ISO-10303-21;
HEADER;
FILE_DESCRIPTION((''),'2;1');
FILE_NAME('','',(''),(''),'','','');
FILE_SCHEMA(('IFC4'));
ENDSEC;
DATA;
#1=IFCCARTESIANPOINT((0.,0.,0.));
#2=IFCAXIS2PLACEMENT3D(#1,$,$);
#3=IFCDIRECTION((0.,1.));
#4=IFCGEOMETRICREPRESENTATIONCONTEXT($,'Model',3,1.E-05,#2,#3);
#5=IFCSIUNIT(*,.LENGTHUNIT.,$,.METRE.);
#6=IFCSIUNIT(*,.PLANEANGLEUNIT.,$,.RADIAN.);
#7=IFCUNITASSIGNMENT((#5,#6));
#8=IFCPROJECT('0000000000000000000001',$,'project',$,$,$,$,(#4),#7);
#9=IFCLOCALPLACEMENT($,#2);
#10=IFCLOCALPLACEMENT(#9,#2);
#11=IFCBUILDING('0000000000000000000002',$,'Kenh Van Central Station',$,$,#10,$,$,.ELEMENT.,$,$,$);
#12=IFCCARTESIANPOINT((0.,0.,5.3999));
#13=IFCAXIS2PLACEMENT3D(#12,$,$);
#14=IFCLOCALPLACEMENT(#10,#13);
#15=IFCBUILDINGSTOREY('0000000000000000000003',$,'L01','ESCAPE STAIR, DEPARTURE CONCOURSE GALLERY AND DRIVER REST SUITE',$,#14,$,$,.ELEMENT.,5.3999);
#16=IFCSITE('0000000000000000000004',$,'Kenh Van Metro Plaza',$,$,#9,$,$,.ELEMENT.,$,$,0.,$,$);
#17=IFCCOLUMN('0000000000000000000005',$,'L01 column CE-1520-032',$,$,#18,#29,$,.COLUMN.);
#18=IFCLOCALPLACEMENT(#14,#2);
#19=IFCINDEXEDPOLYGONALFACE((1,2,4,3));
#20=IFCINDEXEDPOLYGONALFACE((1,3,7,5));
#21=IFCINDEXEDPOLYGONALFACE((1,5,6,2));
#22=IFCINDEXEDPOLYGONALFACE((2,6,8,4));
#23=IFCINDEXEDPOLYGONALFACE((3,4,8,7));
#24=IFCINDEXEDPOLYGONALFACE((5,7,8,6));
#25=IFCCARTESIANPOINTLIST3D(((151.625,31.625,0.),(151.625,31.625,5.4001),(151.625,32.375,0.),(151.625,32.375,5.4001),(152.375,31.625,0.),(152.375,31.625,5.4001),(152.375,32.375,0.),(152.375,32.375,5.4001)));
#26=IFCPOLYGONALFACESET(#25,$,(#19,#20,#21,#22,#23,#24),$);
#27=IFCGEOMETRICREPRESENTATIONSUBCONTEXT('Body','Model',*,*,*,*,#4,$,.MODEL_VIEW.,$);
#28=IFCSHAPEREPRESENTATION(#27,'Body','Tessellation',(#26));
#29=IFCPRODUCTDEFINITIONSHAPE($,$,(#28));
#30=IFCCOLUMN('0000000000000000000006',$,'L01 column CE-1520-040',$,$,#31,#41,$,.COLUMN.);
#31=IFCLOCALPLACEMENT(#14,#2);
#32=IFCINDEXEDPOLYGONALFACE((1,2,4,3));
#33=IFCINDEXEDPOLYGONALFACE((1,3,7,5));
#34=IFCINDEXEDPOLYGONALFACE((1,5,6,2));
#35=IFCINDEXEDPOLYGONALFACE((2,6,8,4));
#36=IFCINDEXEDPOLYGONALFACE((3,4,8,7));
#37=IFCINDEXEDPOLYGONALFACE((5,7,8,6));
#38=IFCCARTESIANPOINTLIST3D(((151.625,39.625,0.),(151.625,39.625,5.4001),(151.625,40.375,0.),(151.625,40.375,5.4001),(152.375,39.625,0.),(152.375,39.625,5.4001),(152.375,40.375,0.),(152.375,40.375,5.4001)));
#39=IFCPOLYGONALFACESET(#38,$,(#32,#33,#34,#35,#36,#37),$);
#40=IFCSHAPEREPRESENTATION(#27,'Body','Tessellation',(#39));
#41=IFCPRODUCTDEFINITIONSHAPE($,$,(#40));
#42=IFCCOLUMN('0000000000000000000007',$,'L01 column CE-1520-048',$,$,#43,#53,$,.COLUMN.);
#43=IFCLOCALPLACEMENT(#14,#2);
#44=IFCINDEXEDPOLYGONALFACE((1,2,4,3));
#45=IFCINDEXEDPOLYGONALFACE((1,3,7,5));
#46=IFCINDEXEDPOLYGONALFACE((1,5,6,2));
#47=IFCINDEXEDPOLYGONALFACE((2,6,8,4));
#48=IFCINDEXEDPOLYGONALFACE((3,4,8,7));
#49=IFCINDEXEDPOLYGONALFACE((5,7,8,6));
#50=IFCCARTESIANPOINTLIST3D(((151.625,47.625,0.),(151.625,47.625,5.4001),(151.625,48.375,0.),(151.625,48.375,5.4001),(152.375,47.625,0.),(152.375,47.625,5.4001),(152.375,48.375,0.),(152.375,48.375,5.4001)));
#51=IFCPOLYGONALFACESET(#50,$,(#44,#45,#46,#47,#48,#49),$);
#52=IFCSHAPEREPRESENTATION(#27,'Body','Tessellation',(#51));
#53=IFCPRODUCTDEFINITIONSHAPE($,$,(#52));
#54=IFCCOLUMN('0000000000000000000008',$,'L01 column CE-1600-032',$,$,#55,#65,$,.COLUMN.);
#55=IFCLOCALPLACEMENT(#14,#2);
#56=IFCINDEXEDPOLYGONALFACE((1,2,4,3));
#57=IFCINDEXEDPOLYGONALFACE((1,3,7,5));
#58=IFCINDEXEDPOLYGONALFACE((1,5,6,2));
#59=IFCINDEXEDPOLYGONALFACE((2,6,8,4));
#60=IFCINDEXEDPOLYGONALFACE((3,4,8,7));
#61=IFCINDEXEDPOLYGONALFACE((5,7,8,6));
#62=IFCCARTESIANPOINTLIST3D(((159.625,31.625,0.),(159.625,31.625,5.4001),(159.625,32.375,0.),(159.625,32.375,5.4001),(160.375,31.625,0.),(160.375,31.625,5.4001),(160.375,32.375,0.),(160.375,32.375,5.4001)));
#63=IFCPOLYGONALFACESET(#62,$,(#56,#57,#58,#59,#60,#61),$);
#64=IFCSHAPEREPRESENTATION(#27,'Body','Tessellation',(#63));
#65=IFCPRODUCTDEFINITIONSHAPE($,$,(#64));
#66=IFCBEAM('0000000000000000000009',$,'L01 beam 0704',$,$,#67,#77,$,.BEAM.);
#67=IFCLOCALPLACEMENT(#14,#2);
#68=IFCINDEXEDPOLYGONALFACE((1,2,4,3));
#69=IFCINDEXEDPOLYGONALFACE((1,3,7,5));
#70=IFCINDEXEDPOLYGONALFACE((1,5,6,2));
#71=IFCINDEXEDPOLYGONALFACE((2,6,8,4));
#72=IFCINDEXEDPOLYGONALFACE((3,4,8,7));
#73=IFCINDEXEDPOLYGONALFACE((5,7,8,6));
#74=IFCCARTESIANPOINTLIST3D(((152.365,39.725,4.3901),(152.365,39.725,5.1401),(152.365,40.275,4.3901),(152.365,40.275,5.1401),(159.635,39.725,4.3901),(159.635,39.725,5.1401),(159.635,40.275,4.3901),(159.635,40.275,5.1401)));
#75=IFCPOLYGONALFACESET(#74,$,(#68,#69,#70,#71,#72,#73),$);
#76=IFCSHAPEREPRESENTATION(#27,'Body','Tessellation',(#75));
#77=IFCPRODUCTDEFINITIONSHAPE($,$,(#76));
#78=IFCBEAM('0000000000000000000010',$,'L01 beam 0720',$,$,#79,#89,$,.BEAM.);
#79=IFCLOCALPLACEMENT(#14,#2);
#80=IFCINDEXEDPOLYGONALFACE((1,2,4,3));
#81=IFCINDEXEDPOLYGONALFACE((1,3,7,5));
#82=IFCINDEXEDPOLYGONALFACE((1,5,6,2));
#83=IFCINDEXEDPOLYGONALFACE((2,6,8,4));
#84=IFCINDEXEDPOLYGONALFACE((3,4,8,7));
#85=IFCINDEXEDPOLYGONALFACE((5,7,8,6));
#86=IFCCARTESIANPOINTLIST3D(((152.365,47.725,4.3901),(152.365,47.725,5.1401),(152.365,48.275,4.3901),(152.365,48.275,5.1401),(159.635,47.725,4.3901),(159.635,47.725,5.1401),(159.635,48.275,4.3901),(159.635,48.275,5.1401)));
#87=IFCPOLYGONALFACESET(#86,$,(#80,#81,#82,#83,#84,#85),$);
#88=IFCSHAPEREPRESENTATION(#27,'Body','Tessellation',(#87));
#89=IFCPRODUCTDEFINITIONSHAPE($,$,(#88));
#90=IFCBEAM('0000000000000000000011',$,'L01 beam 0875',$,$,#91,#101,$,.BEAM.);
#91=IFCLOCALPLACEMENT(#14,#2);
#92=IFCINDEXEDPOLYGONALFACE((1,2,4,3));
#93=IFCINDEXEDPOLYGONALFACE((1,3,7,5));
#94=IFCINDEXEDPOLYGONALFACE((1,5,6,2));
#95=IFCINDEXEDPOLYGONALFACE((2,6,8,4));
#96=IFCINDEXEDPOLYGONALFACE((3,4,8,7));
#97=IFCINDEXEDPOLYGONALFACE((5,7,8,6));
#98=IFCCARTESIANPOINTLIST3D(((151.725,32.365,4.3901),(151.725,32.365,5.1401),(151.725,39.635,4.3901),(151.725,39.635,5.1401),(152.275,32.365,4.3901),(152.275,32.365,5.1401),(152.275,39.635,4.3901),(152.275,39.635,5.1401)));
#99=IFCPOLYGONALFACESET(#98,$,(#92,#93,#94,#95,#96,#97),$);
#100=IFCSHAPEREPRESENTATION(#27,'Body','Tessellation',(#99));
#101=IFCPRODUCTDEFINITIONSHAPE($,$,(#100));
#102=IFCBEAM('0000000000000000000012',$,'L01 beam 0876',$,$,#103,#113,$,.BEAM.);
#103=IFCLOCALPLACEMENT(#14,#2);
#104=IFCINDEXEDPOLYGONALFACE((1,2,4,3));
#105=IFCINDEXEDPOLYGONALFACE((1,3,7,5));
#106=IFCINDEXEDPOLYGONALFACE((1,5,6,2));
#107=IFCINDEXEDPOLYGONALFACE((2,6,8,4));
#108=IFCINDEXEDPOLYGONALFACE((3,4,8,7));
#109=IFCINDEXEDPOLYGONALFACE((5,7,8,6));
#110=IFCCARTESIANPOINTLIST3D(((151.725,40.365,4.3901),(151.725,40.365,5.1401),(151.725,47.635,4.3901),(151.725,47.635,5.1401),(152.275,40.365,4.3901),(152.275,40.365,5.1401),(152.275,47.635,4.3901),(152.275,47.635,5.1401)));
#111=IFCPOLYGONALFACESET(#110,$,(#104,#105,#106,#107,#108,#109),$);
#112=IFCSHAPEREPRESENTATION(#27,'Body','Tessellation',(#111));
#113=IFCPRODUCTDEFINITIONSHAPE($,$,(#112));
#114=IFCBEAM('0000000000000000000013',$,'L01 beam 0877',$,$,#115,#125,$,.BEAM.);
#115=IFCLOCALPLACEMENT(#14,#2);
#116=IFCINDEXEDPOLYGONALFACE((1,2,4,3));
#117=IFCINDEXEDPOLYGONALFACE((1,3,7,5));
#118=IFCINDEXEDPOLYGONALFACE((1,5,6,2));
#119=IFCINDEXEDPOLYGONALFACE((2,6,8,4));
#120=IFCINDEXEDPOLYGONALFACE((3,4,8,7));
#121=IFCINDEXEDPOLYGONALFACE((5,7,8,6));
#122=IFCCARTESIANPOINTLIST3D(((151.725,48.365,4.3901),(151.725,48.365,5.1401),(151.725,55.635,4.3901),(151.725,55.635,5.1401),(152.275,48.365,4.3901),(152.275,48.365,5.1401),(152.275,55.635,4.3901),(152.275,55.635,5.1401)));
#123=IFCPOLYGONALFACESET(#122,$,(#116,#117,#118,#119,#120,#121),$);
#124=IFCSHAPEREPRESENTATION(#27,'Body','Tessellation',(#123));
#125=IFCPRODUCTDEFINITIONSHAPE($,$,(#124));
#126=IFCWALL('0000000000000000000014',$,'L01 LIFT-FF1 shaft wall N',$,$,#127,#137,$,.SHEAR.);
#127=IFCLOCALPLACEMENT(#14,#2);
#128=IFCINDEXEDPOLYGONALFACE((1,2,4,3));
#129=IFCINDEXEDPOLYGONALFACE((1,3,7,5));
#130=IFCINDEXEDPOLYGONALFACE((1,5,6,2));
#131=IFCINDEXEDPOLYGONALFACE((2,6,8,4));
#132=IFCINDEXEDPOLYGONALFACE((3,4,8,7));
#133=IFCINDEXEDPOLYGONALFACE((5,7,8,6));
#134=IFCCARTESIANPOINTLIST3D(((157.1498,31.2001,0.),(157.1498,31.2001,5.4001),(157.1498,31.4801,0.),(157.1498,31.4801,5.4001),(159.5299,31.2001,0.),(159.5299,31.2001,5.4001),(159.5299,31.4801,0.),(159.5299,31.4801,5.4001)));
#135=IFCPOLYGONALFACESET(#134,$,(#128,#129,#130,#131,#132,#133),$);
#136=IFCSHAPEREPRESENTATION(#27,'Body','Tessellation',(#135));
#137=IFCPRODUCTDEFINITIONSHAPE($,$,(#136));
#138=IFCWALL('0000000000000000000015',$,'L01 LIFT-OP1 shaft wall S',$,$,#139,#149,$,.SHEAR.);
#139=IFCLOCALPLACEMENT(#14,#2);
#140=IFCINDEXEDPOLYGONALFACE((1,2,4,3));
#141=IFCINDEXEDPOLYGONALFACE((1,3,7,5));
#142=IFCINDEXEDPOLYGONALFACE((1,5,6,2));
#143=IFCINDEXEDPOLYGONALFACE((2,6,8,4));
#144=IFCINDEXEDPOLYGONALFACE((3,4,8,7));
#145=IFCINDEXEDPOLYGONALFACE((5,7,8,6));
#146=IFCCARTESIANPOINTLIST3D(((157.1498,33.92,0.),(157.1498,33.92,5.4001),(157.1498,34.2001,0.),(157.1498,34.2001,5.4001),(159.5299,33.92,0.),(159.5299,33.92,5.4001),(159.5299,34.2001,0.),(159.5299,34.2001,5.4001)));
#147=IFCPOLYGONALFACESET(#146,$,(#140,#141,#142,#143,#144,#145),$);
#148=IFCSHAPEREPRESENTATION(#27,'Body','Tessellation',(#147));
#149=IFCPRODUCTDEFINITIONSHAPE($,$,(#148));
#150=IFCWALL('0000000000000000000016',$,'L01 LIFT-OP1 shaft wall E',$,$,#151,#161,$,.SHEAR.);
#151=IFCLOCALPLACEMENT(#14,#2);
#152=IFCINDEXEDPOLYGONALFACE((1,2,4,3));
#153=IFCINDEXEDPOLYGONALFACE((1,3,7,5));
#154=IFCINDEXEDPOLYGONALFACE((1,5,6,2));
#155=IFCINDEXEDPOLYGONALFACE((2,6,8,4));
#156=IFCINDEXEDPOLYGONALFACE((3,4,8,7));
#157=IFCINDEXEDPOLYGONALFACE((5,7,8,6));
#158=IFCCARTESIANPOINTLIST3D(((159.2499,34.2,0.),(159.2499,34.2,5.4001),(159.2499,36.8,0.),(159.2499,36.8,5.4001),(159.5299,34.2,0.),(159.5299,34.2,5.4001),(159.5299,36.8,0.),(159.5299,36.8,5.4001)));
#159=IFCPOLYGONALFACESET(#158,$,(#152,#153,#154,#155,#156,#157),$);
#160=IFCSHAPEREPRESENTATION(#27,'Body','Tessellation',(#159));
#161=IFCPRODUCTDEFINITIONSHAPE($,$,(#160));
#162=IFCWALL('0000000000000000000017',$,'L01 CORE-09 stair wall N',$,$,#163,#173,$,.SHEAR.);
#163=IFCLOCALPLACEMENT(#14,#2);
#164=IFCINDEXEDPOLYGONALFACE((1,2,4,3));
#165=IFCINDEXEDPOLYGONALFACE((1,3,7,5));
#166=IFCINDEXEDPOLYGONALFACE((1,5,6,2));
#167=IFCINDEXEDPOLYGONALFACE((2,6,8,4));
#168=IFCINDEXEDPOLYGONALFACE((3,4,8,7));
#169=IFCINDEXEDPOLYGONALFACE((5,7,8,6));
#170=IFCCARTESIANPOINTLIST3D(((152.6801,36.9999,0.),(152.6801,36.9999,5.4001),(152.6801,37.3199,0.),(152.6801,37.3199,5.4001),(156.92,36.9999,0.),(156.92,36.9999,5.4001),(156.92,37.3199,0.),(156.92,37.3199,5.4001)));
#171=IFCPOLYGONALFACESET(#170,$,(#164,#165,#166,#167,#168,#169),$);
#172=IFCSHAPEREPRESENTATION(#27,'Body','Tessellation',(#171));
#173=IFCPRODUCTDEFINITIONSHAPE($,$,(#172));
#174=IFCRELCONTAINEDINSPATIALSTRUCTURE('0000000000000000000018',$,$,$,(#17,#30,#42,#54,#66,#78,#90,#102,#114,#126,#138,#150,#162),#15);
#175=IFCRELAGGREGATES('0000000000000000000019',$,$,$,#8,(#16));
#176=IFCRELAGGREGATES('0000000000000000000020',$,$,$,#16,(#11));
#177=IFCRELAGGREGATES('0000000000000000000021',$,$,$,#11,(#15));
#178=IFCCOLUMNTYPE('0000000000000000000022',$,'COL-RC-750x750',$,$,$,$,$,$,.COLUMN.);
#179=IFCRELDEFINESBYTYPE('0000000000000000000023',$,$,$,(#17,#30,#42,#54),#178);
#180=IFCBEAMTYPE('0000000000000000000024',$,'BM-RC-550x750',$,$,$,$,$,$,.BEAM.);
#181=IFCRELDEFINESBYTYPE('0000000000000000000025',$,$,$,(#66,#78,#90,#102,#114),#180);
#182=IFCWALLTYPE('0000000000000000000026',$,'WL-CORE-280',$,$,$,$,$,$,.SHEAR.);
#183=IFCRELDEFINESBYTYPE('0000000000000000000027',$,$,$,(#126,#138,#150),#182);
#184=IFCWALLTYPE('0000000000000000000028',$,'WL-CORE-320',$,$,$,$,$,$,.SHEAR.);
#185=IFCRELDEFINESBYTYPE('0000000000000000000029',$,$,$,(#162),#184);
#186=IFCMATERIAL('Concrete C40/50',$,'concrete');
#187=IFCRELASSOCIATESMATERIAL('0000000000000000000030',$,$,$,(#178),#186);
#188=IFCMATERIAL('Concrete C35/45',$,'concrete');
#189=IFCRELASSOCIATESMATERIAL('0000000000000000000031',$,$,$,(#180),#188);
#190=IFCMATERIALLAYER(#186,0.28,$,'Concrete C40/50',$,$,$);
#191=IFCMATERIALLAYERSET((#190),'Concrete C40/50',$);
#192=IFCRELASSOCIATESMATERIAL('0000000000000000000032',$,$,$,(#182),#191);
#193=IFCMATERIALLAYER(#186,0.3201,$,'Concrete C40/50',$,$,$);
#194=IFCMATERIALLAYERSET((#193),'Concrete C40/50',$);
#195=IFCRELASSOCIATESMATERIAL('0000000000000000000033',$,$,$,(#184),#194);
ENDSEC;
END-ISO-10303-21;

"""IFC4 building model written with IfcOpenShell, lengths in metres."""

from ifc_helpers import new_model, si_unit, direction, frame, frame_2d, origin, origin_2d, place, context, subcontext, project, spatial, rectangle, extrude, material, layer, layer_set, material_profile, profile_set, type_object, element, save


model = new_model("IFC4")

# Units and contexts
model_context = context("Model", 3, precision=1e-05, world=origin(), true_north=direction((0.0, 1.0)))
body_context = subcontext(model_context, "Body", "Model", "MODEL_VIEW")
ifc_project = project(units=[si_unit("LENGTHUNIT", "METRE"), si_unit("PLANEANGLEUNIT", "RADIAN")], contexts=[model_context])

# Site, building, storey
site_placement = place(None, origin())
site = spatial("IfcSite", under=ifc_project, at=site_placement, Name="Kenh Van Metro Plaza", CompositionType="ELEMENT", RefElevation=0.0)
building_placement = place(site_placement, origin())
building = spatial("IfcBuilding", under=site, at=building_placement, Name="Kenh Van Central Station", CompositionType="ELEMENT")
storey_placement = place(building_placement, frame((0.0, 0.0, 5.3999)))
storey = spatial("IfcBuildingStorey", under=building, at=storey_placement, Name="L01", Description="ESCAPE STAIR, DEPARTURE CONCOURSE GALLERY AND DRIVER REST SUITE", CompositionType="ELEMENT", Elevation=5.3999)

# Columns
ifc_material_1 = material(Name="Concrete C40/50", Category="concrete")
ifc_material_profile_1 = material_profile(ifc_material_1, rectangle(XDim=0.75, YDim=0.75, at=origin_2d()), Name="RC 750x750")
ifc_profile_set_1 = profile_set([ifc_material_profile_1], Name="Concrete C40/50")
column_type = type_object("IfcColumnType", Name="COL-RC-750x750", PredefinedType="COLUMN", material=ifc_profile_set_1)
for number, where, z_axis, x_axis, name in (
    (1, (152.0, 32.0, 0.0), (0.0, 0.0, 1.0), (1.0, 0.0, 0.0), "L01 column CE-1520-032"),
    (2, (152.0, 40.0, 0.0), (0.0, 0.0, 1.0), (1.0, 0.0, 0.0), "L01 column CE-1520-040"),
    (3, (152.0, 48.0, 0.0), (0.0, 0.0, 1.0), (1.0, 0.0, 0.0), "L01 column CE-1520-048"),
    (4, (160.0, 32.0, 0.0), (0.0, 0.0, 1.0), (1.0, 0.0, 0.0), "L01 column CE-1600-032"),
):
    element("IfcColumn", number, at=place(storey_placement, frame(where, z_axis=z_axis, x_axis=x_axis)), inside=storey, type_object=column_type, Name=name, PredefinedType="COLUMN", context=body_context, shape_type="SweptSolid", body=[
        extrude(rectangle(XDim=0.75, YDim=0.75, at=origin_2d()), origin(), (0.0, 0.0, 1.0), 5.4001),
    ])

# Beams
ifc_material_2 = material(Name="Concrete C35/45", Category="concrete")
ifc_material_profile_2 = material_profile(ifc_material_2, rectangle(XDim=0.55, YDim=0.75, at=origin_2d()), Name="RC 550x750")
ifc_profile_set_2 = profile_set([ifc_material_profile_2], Name="Concrete C35/45")
beam_type = type_object("IfcBeamType", Name="BM-RC-550x750", PredefinedType="BEAM", material=ifc_profile_set_2)
for number, where, z_axis, x_axis, name in (
    (5, (152.365, 40.0, 4.7651), (1.0, 0.0, 0.0), (0.0, 1.0, 0.0), "L01 beam 0704"),
    (6, (152.365, 48.0, 4.7651), (1.0, 0.0, 0.0), (0.0, 1.0, 0.0), "L01 beam 0720"),
    (7, (152.0, 32.365, 4.7651), (0.0, 1.0, 0.0), (-1.0, 0.0, 0.0), "L01 beam 0875"),
    (8, (152.0, 40.365, 4.7651), (0.0, 1.0, 0.0), (-1.0, 0.0, 0.0), "L01 beam 0876"),
    (9, (152.0, 48.365, 4.7651), (0.0, 1.0, 0.0), (-1.0, 0.0, 0.0), "L01 beam 0877"),
):
    element("IfcBeam", number, at=place(storey_placement, frame(where, z_axis=z_axis, x_axis=x_axis)), inside=storey, type_object=beam_type, Name=name, PredefinedType="BEAM", context=body_context, shape_type="SweptSolid", body=[
        extrude(rectangle(XDim=0.55, YDim=0.75, at=origin_2d()), origin(), (0.0, 0.0, 1.0), 7.27),
    ])

# Walls
ifc_layer_1 = layer(ifc_material_1, 0.28, Name="Concrete C40/50")
ifc_layer_set_1 = layer_set([ifc_layer_1], Name="Concrete C40/50")
wall_type_1 = type_object("IfcWallType", Name="WL-CORE-280", PredefinedType="SHEAR", material=ifc_layer_set_1)
for number, where, z_axis, x_axis, name in (
    (10, (157.1499, 31.3401, 0.0), (0.0, 0.0, 1.0), (1.0, 0.0, 0.0), "L01 LIFT-FF1 shaft wall N"),
    (11, (157.1499, 34.0601, 0.0), (0.0, 0.0, 1.0), (1.0, 0.0, 0.0), "L01 LIFT-OP1 shaft wall S"),
):
    element("IfcWall", number, at=place(storey_placement, frame(where, z_axis=z_axis, x_axis=x_axis)), inside=storey, type_object=wall_type_1, Name=name, PredefinedType="SHEAR", context=body_context, shape_type="SweptSolid", body=[
        extrude(rectangle(XDim=2.3801, YDim=0.28, at=frame_2d((1.1899, 0.0))), origin(), (0.0, 0.0, 1.0), 5.4001),
    ])

# Walls
wall_1_placement = place(storey_placement, frame((159.3899, 34.2, 0.0), z_axis=(0.0, 0.0, 1.0), x_axis=(0.0, 1.0, 0.0)))
element("IfcWall", 12, at=wall_1_placement, inside=storey, type_object=wall_type_1, Name="L01 LIFT-OP1 shaft wall E", PredefinedType="SHEAR", context=body_context, shape_type="SweptSolid", body=[
    extrude(rectangle(XDim=2.6001, YDim=0.28, at=frame_2d((1.3, 0.0))), origin(), (0.0, 0.0, 1.0), 5.4001),
])
ifc_layer_2 = layer(ifc_material_1, 0.3201, Name="Concrete C40/50")
ifc_layer_set_2 = layer_set([ifc_layer_2], Name="Concrete C40/50")
wall_type_2 = type_object("IfcWallType", Name="WL-CORE-320", PredefinedType="SHEAR", material=ifc_layer_set_2)
wall_2_placement = place(storey_placement, frame((152.6799, 37.1599, 0.0), z_axis=(0.0, 0.0, 1.0), x_axis=(1.0, 0.0, 0.0)))
element("IfcWall", 13, at=wall_2_placement, inside=storey, type_object=wall_type_2, Name="L01 CORE-09 stair wall N", PredefinedType="SHEAR", context=body_context, shape_type="SweptSolid", body=[
    extrude(rectangle(XDim=4.24, YDim=0.3201, at=frame_2d((2.1201, 0.0))), origin(), (0.0, 0.0, 1.0), 5.4001),
])

save(model, "model.ifc")
